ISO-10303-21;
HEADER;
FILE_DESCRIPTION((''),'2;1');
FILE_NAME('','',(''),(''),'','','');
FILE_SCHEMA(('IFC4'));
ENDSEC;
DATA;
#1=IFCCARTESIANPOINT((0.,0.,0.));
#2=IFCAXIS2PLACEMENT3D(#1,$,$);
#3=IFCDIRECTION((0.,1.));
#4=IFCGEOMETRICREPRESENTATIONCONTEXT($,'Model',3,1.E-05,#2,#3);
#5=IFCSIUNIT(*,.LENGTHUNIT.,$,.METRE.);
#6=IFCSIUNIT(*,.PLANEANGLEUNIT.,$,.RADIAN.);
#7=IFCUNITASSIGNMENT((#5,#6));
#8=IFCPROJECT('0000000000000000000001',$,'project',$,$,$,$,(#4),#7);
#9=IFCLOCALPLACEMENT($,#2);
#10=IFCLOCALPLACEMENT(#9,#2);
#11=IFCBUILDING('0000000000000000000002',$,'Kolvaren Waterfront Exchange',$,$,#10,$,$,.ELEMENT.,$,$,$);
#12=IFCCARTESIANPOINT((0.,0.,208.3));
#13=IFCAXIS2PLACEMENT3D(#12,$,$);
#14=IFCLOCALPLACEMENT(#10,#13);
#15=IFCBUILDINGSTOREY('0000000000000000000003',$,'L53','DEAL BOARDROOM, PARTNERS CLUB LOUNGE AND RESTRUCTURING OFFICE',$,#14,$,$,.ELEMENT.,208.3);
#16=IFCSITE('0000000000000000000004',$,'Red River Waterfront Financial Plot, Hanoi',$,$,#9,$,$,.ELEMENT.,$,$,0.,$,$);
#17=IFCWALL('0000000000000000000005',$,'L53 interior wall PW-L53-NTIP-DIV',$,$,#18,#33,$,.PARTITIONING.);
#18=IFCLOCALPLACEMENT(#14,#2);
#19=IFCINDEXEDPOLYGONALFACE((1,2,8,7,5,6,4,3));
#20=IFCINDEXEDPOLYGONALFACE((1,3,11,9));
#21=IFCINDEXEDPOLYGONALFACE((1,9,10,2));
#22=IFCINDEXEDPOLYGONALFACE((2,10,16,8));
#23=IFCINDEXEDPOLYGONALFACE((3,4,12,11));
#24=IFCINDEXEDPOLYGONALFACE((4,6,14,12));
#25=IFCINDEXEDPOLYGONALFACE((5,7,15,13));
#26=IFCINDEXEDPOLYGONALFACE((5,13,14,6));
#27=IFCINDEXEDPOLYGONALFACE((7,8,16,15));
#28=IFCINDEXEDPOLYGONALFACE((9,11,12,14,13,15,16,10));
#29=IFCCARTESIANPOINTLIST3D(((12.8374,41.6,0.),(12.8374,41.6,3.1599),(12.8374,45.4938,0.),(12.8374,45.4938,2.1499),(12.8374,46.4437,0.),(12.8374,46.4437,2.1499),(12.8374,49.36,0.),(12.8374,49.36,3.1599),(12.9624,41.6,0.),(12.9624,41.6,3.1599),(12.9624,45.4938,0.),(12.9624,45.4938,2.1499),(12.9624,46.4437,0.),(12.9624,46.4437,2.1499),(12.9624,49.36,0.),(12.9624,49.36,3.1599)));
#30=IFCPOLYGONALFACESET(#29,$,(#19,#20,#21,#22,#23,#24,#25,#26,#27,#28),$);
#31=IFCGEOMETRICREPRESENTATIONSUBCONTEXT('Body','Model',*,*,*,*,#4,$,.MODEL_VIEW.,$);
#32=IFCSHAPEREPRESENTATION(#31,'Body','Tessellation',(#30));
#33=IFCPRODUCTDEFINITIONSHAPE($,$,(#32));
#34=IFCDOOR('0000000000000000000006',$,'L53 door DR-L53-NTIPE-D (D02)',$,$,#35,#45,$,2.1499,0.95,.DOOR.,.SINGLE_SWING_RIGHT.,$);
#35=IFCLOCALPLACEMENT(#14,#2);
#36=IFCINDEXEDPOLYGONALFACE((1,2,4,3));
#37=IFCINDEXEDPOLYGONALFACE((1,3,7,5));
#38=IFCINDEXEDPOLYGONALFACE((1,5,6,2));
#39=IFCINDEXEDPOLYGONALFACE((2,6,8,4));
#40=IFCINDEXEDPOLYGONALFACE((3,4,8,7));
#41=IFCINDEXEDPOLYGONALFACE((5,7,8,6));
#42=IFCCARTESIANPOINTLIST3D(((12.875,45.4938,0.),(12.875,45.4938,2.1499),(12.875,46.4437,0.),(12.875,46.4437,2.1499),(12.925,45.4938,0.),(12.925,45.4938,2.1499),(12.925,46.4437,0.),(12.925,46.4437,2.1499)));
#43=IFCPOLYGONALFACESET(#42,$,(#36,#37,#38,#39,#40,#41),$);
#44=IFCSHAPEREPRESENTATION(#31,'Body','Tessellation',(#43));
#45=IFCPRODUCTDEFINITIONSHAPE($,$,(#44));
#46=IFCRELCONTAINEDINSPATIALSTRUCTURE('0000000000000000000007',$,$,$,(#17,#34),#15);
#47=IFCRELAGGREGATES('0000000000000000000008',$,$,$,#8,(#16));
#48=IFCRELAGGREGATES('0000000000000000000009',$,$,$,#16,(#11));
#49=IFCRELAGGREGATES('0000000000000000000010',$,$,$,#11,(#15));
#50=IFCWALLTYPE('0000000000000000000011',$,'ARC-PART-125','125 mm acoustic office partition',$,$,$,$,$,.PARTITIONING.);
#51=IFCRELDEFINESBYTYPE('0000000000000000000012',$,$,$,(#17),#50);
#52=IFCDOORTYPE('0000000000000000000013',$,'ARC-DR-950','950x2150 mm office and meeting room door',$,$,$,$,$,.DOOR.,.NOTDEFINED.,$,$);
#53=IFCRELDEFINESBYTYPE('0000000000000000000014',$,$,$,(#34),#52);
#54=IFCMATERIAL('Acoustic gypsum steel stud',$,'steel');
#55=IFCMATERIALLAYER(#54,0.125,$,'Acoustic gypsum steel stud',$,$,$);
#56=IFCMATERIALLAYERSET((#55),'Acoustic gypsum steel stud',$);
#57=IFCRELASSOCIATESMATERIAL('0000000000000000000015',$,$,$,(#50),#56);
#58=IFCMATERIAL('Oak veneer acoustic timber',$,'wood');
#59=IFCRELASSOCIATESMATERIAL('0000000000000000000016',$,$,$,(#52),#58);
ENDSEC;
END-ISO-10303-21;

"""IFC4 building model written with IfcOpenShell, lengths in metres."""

from ifc_helpers import new_model, si_unit, direction, frame, frame_2d, origin, place, context, subcontext, project, spatial, rectangle, extrude, material, layer, layer_set, type_object, element, fill, save


model = new_model("IFC4")

# Units and contexts
model_context = context("Model", 3, precision=1e-05, world=origin(), true_north=direction((0.0, 1.0)))
body_context = subcontext(model_context, "Body", "Model", "MODEL_VIEW")
ifc_project = project(units=[si_unit("LENGTHUNIT", "METRE"), si_unit("PLANEANGLEUNIT", "RADIAN")], contexts=[model_context])

# Site, building, storey
site_placement = place(None, origin())
site = spatial("IfcSite", under=ifc_project, at=site_placement, Name="Red River Waterfront Financial Plot, Hanoi", CompositionType="ELEMENT", RefElevation=0.0)
building_placement = place(site_placement, origin())
building = spatial("IfcBuilding", under=site, at=building_placement, Name="Kolvaren Waterfront Exchange", CompositionType="ELEMENT")
storey_placement = place(building_placement, frame((0.0, 0.0, 208.3)))
storey = spatial("IfcBuildingStorey", under=building, at=storey_placement, Name="L53", Description="DEAL BOARDROOM, PARTNERS CLUB LOUNGE AND RESTRUCTURING OFFICE", CompositionType="ELEMENT", Elevation=208.3)

# Wall, opening, door
ifc_material_1 = material(Name="Acoustic gypsum steel stud", Category="steel")
ifc_layer_1 = layer(ifc_material_1, 0.125, Name="Acoustic gypsum steel stud")
ifc_layer_set_1 = layer_set([ifc_layer_1], Name="Acoustic gypsum steel stud")
wall_type_1 = type_object("IfcWallType", Name="ARC-PART-125", Description="125 mm acoustic office partition", PredefinedType="PARTITIONING", material=ifc_layer_set_1)
wall_1_placement = place(storey_placement, frame((12.8999, 41.6001, 0.0), z_axis=(0.0, 0.0, 1.0), x_axis=(0.0, 1.0, 0.0)))
wall_1 = element("IfcWall", 1, at=wall_1_placement, inside=storey, type_object=wall_type_1, Name="L53 interior wall PW-L53-NTIP-DIV", PredefinedType="PARTITIONING", context=body_context, shape_type="SweptSolid", body=[
    extrude(rectangle(XDim=7.76, YDim=0.125, at=frame_2d((3.8799, 0.0))), origin(), (0.0, 0.0, 1.0), 3.1599),
])
opening_1_placement = place(wall_1_placement, frame((3.8936, 0.0, 0.0)))
opening_1 = element("IfcOpeningElement", 2, at=opening_1_placement, cuts=wall_1, PredefinedType="OPENING", context=body_context, shape_type="SweptSolid", body=[
    extrude(rectangle(XDim=0.95, YDim=2.1499, at=frame_2d((0.4751, 1.075))), frame((0.0, 0.0725, 0.0), z_axis=(0.0, -1.0, 0.0), x_axis=(1.0, 0.0, 0.0)), (0.0, 0.0, 1.0), 0.145),
])
ifc_material_2 = material(Name="Oak veneer acoustic timber", Category="wood")
door_type_1 = type_object("IfcDoorType", Name="ARC-DR-950", Description="950x2150 mm office and meeting room door", OperationType="NOTDEFINED", PredefinedType="DOOR", material=ifc_material_2)
door_1_placement = place(opening_1_placement, origin())
door_1 = element("IfcDoor", 3, at=door_1_placement, inside=storey, type_object=door_type_1, Name="L53 door DR-L53-NTIPE-D (D02)", OperationType="SINGLE_SWING_RIGHT", OverallHeight=2.1499, OverallWidth=0.95, PredefinedType="DOOR", context=body_context, shape_type="SweptSolid", body=[
    extrude(rectangle(XDim=0.95, YDim=2.1499, at=frame_2d((0.4751, 1.075))), frame((0.0, 0.0249, 0.0), z_axis=(0.0, -1.0, 0.0), x_axis=(1.0, 0.0, 0.0)), (0.0, 0.0, 1.0), 0.05),
])
fill(opening_1, door_1)

save(model, "model.ifc")
